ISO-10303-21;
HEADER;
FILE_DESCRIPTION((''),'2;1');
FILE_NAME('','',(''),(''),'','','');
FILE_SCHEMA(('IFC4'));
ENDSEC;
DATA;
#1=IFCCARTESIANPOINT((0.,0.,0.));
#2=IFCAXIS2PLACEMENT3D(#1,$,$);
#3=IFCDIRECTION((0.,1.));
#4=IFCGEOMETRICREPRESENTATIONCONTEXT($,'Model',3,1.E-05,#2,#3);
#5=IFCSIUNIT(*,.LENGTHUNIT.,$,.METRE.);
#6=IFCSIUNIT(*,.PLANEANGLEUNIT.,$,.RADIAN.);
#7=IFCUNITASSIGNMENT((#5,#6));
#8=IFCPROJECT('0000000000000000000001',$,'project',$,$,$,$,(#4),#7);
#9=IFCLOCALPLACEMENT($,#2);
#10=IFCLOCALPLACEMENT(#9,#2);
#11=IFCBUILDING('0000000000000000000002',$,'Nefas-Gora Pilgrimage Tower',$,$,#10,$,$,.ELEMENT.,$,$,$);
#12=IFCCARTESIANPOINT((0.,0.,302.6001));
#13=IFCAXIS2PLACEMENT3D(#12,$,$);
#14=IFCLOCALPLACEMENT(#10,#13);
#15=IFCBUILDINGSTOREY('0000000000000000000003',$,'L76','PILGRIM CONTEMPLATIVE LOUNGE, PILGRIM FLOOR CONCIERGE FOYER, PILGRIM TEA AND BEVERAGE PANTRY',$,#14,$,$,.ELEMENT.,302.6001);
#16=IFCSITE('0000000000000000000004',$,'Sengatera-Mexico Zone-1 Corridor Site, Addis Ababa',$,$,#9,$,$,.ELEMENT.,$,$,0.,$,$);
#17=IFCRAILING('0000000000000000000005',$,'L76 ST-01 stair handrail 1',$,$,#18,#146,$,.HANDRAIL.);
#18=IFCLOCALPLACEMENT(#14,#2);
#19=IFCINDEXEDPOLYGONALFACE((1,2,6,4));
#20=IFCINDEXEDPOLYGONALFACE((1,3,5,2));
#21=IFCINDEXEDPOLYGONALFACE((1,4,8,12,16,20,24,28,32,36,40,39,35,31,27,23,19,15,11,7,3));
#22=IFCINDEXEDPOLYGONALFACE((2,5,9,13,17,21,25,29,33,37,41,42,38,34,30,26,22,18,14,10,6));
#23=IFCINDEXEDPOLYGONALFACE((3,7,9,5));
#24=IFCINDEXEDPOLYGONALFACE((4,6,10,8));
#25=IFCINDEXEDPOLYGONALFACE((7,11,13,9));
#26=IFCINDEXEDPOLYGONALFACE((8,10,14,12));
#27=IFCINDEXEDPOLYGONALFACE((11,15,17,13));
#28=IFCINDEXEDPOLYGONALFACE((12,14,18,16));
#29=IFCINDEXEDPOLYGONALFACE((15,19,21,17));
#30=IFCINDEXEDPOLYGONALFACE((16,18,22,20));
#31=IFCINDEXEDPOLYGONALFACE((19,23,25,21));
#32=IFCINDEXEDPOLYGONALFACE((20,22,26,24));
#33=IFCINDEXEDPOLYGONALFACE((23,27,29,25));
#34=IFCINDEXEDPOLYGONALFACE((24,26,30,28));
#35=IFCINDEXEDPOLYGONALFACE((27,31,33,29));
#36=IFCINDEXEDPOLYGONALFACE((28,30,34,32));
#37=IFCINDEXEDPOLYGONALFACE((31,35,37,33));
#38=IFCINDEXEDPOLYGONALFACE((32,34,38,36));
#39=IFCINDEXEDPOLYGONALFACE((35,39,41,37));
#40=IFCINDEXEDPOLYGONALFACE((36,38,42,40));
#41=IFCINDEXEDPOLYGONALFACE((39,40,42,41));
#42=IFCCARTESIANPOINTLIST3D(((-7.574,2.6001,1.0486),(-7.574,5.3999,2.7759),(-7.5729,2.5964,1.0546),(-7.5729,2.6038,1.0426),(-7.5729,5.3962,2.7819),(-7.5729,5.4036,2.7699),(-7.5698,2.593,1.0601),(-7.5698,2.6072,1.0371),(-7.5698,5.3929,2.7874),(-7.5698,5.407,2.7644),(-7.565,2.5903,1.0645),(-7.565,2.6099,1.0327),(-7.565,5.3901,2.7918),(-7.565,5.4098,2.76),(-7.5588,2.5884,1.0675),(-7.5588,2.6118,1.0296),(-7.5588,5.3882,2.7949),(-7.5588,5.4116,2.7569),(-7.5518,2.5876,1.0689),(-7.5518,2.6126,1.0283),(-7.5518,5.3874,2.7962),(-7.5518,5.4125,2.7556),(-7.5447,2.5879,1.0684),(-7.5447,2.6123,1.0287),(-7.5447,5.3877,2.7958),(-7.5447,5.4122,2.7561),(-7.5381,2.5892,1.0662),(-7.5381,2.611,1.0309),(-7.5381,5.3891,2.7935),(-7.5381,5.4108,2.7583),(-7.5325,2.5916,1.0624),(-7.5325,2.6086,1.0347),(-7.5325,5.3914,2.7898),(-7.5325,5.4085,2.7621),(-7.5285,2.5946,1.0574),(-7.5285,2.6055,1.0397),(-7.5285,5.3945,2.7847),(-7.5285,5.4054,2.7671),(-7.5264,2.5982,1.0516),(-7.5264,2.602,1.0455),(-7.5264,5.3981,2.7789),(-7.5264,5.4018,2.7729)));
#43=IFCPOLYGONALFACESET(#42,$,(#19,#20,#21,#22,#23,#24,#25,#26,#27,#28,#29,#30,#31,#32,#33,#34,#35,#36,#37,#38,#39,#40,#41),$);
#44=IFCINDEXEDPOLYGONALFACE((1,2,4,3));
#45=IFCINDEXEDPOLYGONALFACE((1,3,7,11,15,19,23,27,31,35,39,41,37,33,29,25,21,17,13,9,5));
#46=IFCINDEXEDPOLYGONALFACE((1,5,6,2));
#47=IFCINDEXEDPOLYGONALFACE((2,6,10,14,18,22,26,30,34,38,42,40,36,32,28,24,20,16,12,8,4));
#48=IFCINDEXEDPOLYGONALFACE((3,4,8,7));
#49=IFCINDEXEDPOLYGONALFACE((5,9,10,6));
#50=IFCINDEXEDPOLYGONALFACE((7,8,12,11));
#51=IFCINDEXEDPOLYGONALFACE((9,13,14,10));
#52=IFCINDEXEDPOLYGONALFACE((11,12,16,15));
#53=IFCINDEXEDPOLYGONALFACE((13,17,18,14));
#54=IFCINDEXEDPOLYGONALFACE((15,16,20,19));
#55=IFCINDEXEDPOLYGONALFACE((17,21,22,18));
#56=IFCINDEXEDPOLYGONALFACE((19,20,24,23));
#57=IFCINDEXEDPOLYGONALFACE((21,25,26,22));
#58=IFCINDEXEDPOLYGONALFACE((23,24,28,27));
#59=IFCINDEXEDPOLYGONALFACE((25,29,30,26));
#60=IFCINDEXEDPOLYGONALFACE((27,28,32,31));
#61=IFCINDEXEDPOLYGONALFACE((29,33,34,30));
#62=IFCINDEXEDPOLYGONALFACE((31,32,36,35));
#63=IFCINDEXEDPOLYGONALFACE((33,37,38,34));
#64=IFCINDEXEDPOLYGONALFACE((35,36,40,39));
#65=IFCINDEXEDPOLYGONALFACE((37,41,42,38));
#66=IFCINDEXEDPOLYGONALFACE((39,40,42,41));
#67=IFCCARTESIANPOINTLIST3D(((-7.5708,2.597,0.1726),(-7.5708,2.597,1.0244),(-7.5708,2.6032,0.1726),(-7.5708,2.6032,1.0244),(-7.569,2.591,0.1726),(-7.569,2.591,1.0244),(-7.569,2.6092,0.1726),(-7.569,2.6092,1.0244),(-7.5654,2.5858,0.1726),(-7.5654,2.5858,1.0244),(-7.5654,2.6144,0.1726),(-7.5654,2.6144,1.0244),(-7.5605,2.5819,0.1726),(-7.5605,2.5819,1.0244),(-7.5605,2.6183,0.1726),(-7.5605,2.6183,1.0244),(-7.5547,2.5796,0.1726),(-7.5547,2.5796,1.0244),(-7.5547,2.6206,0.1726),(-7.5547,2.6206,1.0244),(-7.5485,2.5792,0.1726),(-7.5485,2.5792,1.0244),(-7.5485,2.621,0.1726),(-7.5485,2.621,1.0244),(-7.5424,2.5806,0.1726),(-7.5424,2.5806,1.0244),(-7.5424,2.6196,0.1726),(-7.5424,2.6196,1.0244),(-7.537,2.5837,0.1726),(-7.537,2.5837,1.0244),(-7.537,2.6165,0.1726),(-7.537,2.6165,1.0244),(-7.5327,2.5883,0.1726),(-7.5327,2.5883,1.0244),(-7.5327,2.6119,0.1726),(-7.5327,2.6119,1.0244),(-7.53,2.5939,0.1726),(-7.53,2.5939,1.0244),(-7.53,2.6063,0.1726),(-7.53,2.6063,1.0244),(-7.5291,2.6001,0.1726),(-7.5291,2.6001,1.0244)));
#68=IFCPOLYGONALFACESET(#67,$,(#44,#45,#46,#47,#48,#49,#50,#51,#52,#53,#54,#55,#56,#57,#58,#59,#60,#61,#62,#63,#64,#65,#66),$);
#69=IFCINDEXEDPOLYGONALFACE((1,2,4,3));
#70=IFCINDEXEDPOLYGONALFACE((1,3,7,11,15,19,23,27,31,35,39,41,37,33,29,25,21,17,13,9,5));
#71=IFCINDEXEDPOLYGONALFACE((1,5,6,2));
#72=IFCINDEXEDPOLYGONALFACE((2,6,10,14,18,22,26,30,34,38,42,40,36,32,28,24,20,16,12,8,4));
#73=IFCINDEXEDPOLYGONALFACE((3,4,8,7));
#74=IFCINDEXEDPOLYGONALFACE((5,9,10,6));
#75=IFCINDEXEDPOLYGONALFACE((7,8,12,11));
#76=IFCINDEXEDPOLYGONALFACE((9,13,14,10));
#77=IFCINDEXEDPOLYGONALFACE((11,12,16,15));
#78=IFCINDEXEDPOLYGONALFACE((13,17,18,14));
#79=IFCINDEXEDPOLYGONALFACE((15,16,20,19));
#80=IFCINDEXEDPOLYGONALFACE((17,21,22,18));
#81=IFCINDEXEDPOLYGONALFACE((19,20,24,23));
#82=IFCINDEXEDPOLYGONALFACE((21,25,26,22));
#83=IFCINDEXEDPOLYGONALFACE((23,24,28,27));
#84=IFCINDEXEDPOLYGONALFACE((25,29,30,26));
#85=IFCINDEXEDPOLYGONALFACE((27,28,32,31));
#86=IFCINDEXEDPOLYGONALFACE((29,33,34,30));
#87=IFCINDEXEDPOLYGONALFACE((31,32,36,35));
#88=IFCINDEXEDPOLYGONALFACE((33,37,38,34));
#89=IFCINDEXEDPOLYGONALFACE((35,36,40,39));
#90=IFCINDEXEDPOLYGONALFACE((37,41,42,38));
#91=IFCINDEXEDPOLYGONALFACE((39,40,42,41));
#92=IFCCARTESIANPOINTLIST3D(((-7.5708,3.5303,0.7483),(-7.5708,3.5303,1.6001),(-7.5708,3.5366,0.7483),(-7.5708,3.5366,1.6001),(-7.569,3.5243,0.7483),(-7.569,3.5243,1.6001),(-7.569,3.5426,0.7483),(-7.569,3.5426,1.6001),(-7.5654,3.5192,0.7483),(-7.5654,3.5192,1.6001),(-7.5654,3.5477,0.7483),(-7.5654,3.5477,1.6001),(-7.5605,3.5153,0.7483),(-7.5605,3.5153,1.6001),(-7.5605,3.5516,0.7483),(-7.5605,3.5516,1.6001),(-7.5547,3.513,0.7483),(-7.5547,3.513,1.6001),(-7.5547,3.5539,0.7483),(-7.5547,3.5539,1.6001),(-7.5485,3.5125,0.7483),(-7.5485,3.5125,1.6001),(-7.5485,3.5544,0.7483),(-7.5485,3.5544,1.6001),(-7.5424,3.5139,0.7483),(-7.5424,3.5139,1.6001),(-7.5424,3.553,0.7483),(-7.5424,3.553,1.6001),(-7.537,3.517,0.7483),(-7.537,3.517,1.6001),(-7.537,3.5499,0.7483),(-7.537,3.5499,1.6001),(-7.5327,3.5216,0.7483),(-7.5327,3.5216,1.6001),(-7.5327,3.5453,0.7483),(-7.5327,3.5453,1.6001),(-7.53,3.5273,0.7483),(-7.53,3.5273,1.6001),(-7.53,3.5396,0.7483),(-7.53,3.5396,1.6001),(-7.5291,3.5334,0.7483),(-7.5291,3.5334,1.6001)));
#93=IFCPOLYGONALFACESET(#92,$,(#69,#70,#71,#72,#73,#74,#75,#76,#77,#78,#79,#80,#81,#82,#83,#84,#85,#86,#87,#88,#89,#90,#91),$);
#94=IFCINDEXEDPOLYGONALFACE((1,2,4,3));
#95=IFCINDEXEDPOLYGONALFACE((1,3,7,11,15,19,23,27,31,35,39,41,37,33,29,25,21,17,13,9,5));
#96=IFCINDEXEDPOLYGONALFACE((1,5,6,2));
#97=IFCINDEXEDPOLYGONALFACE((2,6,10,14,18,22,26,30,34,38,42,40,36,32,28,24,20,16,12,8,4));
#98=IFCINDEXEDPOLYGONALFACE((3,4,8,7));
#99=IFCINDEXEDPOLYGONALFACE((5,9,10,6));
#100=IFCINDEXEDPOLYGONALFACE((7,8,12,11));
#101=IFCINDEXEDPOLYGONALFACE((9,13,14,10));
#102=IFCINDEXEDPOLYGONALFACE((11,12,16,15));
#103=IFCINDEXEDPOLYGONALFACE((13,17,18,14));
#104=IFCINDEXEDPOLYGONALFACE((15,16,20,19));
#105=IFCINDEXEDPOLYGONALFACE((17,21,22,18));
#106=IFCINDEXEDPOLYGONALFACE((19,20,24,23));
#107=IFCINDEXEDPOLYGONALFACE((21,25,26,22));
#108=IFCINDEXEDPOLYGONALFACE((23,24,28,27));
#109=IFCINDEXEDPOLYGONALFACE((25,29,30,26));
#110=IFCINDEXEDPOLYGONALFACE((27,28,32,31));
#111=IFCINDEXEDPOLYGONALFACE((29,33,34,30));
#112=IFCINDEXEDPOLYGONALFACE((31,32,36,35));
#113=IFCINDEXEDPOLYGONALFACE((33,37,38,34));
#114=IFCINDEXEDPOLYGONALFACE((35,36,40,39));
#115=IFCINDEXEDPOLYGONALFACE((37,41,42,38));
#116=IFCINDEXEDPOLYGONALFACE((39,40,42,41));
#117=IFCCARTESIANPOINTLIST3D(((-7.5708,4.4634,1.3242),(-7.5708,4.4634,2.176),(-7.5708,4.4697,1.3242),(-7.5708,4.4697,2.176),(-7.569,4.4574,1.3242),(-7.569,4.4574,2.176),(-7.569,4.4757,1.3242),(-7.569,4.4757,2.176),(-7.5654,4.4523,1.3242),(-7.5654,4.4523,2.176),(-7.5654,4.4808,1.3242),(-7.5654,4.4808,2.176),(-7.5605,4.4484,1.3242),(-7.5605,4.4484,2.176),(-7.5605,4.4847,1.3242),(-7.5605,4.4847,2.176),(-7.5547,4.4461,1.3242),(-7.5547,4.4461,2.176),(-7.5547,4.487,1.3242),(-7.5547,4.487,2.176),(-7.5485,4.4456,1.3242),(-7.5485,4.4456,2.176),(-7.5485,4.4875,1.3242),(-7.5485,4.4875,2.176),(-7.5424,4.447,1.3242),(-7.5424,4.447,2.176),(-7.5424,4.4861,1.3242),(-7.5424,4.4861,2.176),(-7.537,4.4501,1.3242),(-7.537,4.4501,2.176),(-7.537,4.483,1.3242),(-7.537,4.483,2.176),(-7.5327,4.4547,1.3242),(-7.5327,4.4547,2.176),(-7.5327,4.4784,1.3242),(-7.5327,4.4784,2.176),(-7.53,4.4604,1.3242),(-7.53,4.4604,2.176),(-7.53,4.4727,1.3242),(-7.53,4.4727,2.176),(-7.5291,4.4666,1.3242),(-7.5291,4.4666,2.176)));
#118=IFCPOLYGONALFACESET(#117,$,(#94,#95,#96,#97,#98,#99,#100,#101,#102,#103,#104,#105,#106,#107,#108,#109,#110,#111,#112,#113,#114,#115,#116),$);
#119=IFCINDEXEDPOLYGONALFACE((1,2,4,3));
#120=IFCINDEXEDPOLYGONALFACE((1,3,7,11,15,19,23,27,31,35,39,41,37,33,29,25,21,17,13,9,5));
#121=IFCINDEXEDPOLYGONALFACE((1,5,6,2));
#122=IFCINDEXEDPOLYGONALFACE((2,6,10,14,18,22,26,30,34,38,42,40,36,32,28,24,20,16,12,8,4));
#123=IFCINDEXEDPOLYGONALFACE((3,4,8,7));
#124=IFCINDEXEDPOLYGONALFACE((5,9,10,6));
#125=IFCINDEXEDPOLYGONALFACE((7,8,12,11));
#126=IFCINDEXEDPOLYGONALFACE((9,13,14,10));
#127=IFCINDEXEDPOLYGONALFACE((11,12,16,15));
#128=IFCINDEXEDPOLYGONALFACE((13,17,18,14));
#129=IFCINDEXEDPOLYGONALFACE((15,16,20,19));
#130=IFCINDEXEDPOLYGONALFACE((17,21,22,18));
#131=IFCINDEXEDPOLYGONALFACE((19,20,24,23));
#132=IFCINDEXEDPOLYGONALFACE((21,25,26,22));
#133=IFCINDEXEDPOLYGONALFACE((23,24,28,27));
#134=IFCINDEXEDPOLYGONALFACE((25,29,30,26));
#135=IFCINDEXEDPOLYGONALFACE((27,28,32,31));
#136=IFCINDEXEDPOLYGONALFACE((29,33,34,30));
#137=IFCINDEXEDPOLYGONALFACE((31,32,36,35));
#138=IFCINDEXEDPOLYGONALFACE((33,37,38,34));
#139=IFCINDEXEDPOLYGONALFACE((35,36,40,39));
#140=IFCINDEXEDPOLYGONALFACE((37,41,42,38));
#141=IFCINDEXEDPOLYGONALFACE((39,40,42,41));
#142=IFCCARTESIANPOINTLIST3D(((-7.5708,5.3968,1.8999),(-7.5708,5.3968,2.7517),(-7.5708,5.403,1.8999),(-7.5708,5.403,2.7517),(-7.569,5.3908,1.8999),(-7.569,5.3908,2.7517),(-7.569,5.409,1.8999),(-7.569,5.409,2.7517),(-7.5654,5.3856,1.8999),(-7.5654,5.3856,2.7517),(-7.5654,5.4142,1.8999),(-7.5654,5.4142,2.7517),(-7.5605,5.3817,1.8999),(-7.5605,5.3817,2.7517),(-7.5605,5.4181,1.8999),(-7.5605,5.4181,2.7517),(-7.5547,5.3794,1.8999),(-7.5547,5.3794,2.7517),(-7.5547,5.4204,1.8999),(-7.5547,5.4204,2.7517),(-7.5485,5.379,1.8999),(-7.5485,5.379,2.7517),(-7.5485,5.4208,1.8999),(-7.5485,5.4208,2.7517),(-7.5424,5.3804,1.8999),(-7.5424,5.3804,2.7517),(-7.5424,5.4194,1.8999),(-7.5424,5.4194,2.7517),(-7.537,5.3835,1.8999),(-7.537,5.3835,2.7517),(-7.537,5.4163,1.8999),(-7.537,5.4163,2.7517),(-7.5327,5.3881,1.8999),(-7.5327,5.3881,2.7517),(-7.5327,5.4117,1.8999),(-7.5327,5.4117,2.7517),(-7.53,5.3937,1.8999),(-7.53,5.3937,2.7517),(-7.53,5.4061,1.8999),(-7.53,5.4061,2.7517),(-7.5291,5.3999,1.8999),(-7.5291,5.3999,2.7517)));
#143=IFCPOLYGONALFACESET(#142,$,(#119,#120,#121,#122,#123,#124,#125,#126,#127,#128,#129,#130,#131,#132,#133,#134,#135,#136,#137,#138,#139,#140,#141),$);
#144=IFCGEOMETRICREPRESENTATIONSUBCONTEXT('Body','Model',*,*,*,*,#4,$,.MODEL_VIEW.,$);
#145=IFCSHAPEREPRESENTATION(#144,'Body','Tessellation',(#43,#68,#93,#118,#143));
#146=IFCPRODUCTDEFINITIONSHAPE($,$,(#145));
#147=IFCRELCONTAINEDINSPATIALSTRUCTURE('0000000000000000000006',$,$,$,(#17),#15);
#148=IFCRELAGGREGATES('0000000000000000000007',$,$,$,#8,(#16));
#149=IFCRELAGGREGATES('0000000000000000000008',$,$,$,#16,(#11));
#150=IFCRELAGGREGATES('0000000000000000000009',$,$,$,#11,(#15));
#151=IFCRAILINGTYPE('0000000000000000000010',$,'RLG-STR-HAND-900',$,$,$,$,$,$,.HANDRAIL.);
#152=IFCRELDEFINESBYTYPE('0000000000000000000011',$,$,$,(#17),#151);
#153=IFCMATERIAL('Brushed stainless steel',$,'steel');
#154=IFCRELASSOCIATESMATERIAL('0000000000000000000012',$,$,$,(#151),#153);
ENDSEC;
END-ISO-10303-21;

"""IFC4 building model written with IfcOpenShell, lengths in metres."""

from ifc_helpers import new_model, si_unit, direction, frame, origin, origin_2d, place, context, subcontext, project, spatial, circle, extrude, material, type_object, element, save


model = new_model("IFC4")

# Units and contexts
model_context = context("Model", 3, precision=1e-05, world=origin(), true_north=direction((0.0, 1.0)))
body_context = subcontext(model_context, "Body", "Model", "MODEL_VIEW")
ifc_project = project(units=[si_unit("LENGTHUNIT", "METRE"), si_unit("PLANEANGLEUNIT", "RADIAN")], contexts=[model_context])

# Site, building, storey
site_placement = place(None, origin())
site = spatial("IfcSite", under=ifc_project, at=site_placement, Name="Sengatera-Mexico Zone-1 Corridor Site, Addis Ababa", CompositionType="ELEMENT", RefElevation=0.0)
building_placement = place(site_placement, origin())
building = spatial("IfcBuilding", under=site, at=building_placement, Name="Nefas-Gora Pilgrimage Tower", CompositionType="ELEMENT")
storey_placement = place(building_placement, frame((0.0, 0.0, 302.6001)))
storey = spatial("IfcBuildingStorey", under=building, at=storey_placement, Name="L76", Description="PILGRIM CONTEMPLATIVE LOUNGE, PILGRIM FLOOR CONCIERGE FOYER, PILGRIM TEA AND BEVERAGE PANTRY", CompositionType="ELEMENT", Elevation=302.6001)

# Railing
ifc_material_1 = material(Name="Brushed stainless steel", Category="steel")
railing_type_1 = type_object("IfcRailingType", Name="RLG-STR-HAND-900", PredefinedType="HANDRAIL", material=ifc_material_1)
railing_1_placement = place(storey_placement, frame((-7.55, 2.6001, 0.1726)))
element("IfcRailing", 1, at=railing_1_placement, inside=storey, type_object=railing_type_1, Name="L76 ST-01 stair handrail 1", PredefinedType="HANDRAIL", context=body_context, shape_type="SweptSolid", body=[
    extrude(circle(Radius=0.0239, at=origin_2d()), frame((0.0, 0.0, 0.876), z_axis=(0.0, 0.851069, 0.525054), x_axis=(-1.0, 0.0, 0.0)), (0.0, 0.0, 1.0), 3.2898),
    extrude(circle(Radius=0.021, at=origin_2d()), origin(), (0.0, 0.0, 1.0), 0.8518),
    extrude(circle(Radius=0.021, at=origin_2d()), frame((0.0, 0.9333, 0.5757)), (0.0, 0.0, 1.0), 0.8518),
    extrude(circle(Radius=0.021, at=origin_2d()), frame((0.0, 1.8665, 1.1516)), (0.0, 0.0, 1.0), 0.8518),
    extrude(circle(Radius=0.021, at=origin_2d()), frame((0.0, 2.7998, 1.7273)), (0.0, 0.0, 1.0), 0.8518),
])

save(model, "model.ifc")
